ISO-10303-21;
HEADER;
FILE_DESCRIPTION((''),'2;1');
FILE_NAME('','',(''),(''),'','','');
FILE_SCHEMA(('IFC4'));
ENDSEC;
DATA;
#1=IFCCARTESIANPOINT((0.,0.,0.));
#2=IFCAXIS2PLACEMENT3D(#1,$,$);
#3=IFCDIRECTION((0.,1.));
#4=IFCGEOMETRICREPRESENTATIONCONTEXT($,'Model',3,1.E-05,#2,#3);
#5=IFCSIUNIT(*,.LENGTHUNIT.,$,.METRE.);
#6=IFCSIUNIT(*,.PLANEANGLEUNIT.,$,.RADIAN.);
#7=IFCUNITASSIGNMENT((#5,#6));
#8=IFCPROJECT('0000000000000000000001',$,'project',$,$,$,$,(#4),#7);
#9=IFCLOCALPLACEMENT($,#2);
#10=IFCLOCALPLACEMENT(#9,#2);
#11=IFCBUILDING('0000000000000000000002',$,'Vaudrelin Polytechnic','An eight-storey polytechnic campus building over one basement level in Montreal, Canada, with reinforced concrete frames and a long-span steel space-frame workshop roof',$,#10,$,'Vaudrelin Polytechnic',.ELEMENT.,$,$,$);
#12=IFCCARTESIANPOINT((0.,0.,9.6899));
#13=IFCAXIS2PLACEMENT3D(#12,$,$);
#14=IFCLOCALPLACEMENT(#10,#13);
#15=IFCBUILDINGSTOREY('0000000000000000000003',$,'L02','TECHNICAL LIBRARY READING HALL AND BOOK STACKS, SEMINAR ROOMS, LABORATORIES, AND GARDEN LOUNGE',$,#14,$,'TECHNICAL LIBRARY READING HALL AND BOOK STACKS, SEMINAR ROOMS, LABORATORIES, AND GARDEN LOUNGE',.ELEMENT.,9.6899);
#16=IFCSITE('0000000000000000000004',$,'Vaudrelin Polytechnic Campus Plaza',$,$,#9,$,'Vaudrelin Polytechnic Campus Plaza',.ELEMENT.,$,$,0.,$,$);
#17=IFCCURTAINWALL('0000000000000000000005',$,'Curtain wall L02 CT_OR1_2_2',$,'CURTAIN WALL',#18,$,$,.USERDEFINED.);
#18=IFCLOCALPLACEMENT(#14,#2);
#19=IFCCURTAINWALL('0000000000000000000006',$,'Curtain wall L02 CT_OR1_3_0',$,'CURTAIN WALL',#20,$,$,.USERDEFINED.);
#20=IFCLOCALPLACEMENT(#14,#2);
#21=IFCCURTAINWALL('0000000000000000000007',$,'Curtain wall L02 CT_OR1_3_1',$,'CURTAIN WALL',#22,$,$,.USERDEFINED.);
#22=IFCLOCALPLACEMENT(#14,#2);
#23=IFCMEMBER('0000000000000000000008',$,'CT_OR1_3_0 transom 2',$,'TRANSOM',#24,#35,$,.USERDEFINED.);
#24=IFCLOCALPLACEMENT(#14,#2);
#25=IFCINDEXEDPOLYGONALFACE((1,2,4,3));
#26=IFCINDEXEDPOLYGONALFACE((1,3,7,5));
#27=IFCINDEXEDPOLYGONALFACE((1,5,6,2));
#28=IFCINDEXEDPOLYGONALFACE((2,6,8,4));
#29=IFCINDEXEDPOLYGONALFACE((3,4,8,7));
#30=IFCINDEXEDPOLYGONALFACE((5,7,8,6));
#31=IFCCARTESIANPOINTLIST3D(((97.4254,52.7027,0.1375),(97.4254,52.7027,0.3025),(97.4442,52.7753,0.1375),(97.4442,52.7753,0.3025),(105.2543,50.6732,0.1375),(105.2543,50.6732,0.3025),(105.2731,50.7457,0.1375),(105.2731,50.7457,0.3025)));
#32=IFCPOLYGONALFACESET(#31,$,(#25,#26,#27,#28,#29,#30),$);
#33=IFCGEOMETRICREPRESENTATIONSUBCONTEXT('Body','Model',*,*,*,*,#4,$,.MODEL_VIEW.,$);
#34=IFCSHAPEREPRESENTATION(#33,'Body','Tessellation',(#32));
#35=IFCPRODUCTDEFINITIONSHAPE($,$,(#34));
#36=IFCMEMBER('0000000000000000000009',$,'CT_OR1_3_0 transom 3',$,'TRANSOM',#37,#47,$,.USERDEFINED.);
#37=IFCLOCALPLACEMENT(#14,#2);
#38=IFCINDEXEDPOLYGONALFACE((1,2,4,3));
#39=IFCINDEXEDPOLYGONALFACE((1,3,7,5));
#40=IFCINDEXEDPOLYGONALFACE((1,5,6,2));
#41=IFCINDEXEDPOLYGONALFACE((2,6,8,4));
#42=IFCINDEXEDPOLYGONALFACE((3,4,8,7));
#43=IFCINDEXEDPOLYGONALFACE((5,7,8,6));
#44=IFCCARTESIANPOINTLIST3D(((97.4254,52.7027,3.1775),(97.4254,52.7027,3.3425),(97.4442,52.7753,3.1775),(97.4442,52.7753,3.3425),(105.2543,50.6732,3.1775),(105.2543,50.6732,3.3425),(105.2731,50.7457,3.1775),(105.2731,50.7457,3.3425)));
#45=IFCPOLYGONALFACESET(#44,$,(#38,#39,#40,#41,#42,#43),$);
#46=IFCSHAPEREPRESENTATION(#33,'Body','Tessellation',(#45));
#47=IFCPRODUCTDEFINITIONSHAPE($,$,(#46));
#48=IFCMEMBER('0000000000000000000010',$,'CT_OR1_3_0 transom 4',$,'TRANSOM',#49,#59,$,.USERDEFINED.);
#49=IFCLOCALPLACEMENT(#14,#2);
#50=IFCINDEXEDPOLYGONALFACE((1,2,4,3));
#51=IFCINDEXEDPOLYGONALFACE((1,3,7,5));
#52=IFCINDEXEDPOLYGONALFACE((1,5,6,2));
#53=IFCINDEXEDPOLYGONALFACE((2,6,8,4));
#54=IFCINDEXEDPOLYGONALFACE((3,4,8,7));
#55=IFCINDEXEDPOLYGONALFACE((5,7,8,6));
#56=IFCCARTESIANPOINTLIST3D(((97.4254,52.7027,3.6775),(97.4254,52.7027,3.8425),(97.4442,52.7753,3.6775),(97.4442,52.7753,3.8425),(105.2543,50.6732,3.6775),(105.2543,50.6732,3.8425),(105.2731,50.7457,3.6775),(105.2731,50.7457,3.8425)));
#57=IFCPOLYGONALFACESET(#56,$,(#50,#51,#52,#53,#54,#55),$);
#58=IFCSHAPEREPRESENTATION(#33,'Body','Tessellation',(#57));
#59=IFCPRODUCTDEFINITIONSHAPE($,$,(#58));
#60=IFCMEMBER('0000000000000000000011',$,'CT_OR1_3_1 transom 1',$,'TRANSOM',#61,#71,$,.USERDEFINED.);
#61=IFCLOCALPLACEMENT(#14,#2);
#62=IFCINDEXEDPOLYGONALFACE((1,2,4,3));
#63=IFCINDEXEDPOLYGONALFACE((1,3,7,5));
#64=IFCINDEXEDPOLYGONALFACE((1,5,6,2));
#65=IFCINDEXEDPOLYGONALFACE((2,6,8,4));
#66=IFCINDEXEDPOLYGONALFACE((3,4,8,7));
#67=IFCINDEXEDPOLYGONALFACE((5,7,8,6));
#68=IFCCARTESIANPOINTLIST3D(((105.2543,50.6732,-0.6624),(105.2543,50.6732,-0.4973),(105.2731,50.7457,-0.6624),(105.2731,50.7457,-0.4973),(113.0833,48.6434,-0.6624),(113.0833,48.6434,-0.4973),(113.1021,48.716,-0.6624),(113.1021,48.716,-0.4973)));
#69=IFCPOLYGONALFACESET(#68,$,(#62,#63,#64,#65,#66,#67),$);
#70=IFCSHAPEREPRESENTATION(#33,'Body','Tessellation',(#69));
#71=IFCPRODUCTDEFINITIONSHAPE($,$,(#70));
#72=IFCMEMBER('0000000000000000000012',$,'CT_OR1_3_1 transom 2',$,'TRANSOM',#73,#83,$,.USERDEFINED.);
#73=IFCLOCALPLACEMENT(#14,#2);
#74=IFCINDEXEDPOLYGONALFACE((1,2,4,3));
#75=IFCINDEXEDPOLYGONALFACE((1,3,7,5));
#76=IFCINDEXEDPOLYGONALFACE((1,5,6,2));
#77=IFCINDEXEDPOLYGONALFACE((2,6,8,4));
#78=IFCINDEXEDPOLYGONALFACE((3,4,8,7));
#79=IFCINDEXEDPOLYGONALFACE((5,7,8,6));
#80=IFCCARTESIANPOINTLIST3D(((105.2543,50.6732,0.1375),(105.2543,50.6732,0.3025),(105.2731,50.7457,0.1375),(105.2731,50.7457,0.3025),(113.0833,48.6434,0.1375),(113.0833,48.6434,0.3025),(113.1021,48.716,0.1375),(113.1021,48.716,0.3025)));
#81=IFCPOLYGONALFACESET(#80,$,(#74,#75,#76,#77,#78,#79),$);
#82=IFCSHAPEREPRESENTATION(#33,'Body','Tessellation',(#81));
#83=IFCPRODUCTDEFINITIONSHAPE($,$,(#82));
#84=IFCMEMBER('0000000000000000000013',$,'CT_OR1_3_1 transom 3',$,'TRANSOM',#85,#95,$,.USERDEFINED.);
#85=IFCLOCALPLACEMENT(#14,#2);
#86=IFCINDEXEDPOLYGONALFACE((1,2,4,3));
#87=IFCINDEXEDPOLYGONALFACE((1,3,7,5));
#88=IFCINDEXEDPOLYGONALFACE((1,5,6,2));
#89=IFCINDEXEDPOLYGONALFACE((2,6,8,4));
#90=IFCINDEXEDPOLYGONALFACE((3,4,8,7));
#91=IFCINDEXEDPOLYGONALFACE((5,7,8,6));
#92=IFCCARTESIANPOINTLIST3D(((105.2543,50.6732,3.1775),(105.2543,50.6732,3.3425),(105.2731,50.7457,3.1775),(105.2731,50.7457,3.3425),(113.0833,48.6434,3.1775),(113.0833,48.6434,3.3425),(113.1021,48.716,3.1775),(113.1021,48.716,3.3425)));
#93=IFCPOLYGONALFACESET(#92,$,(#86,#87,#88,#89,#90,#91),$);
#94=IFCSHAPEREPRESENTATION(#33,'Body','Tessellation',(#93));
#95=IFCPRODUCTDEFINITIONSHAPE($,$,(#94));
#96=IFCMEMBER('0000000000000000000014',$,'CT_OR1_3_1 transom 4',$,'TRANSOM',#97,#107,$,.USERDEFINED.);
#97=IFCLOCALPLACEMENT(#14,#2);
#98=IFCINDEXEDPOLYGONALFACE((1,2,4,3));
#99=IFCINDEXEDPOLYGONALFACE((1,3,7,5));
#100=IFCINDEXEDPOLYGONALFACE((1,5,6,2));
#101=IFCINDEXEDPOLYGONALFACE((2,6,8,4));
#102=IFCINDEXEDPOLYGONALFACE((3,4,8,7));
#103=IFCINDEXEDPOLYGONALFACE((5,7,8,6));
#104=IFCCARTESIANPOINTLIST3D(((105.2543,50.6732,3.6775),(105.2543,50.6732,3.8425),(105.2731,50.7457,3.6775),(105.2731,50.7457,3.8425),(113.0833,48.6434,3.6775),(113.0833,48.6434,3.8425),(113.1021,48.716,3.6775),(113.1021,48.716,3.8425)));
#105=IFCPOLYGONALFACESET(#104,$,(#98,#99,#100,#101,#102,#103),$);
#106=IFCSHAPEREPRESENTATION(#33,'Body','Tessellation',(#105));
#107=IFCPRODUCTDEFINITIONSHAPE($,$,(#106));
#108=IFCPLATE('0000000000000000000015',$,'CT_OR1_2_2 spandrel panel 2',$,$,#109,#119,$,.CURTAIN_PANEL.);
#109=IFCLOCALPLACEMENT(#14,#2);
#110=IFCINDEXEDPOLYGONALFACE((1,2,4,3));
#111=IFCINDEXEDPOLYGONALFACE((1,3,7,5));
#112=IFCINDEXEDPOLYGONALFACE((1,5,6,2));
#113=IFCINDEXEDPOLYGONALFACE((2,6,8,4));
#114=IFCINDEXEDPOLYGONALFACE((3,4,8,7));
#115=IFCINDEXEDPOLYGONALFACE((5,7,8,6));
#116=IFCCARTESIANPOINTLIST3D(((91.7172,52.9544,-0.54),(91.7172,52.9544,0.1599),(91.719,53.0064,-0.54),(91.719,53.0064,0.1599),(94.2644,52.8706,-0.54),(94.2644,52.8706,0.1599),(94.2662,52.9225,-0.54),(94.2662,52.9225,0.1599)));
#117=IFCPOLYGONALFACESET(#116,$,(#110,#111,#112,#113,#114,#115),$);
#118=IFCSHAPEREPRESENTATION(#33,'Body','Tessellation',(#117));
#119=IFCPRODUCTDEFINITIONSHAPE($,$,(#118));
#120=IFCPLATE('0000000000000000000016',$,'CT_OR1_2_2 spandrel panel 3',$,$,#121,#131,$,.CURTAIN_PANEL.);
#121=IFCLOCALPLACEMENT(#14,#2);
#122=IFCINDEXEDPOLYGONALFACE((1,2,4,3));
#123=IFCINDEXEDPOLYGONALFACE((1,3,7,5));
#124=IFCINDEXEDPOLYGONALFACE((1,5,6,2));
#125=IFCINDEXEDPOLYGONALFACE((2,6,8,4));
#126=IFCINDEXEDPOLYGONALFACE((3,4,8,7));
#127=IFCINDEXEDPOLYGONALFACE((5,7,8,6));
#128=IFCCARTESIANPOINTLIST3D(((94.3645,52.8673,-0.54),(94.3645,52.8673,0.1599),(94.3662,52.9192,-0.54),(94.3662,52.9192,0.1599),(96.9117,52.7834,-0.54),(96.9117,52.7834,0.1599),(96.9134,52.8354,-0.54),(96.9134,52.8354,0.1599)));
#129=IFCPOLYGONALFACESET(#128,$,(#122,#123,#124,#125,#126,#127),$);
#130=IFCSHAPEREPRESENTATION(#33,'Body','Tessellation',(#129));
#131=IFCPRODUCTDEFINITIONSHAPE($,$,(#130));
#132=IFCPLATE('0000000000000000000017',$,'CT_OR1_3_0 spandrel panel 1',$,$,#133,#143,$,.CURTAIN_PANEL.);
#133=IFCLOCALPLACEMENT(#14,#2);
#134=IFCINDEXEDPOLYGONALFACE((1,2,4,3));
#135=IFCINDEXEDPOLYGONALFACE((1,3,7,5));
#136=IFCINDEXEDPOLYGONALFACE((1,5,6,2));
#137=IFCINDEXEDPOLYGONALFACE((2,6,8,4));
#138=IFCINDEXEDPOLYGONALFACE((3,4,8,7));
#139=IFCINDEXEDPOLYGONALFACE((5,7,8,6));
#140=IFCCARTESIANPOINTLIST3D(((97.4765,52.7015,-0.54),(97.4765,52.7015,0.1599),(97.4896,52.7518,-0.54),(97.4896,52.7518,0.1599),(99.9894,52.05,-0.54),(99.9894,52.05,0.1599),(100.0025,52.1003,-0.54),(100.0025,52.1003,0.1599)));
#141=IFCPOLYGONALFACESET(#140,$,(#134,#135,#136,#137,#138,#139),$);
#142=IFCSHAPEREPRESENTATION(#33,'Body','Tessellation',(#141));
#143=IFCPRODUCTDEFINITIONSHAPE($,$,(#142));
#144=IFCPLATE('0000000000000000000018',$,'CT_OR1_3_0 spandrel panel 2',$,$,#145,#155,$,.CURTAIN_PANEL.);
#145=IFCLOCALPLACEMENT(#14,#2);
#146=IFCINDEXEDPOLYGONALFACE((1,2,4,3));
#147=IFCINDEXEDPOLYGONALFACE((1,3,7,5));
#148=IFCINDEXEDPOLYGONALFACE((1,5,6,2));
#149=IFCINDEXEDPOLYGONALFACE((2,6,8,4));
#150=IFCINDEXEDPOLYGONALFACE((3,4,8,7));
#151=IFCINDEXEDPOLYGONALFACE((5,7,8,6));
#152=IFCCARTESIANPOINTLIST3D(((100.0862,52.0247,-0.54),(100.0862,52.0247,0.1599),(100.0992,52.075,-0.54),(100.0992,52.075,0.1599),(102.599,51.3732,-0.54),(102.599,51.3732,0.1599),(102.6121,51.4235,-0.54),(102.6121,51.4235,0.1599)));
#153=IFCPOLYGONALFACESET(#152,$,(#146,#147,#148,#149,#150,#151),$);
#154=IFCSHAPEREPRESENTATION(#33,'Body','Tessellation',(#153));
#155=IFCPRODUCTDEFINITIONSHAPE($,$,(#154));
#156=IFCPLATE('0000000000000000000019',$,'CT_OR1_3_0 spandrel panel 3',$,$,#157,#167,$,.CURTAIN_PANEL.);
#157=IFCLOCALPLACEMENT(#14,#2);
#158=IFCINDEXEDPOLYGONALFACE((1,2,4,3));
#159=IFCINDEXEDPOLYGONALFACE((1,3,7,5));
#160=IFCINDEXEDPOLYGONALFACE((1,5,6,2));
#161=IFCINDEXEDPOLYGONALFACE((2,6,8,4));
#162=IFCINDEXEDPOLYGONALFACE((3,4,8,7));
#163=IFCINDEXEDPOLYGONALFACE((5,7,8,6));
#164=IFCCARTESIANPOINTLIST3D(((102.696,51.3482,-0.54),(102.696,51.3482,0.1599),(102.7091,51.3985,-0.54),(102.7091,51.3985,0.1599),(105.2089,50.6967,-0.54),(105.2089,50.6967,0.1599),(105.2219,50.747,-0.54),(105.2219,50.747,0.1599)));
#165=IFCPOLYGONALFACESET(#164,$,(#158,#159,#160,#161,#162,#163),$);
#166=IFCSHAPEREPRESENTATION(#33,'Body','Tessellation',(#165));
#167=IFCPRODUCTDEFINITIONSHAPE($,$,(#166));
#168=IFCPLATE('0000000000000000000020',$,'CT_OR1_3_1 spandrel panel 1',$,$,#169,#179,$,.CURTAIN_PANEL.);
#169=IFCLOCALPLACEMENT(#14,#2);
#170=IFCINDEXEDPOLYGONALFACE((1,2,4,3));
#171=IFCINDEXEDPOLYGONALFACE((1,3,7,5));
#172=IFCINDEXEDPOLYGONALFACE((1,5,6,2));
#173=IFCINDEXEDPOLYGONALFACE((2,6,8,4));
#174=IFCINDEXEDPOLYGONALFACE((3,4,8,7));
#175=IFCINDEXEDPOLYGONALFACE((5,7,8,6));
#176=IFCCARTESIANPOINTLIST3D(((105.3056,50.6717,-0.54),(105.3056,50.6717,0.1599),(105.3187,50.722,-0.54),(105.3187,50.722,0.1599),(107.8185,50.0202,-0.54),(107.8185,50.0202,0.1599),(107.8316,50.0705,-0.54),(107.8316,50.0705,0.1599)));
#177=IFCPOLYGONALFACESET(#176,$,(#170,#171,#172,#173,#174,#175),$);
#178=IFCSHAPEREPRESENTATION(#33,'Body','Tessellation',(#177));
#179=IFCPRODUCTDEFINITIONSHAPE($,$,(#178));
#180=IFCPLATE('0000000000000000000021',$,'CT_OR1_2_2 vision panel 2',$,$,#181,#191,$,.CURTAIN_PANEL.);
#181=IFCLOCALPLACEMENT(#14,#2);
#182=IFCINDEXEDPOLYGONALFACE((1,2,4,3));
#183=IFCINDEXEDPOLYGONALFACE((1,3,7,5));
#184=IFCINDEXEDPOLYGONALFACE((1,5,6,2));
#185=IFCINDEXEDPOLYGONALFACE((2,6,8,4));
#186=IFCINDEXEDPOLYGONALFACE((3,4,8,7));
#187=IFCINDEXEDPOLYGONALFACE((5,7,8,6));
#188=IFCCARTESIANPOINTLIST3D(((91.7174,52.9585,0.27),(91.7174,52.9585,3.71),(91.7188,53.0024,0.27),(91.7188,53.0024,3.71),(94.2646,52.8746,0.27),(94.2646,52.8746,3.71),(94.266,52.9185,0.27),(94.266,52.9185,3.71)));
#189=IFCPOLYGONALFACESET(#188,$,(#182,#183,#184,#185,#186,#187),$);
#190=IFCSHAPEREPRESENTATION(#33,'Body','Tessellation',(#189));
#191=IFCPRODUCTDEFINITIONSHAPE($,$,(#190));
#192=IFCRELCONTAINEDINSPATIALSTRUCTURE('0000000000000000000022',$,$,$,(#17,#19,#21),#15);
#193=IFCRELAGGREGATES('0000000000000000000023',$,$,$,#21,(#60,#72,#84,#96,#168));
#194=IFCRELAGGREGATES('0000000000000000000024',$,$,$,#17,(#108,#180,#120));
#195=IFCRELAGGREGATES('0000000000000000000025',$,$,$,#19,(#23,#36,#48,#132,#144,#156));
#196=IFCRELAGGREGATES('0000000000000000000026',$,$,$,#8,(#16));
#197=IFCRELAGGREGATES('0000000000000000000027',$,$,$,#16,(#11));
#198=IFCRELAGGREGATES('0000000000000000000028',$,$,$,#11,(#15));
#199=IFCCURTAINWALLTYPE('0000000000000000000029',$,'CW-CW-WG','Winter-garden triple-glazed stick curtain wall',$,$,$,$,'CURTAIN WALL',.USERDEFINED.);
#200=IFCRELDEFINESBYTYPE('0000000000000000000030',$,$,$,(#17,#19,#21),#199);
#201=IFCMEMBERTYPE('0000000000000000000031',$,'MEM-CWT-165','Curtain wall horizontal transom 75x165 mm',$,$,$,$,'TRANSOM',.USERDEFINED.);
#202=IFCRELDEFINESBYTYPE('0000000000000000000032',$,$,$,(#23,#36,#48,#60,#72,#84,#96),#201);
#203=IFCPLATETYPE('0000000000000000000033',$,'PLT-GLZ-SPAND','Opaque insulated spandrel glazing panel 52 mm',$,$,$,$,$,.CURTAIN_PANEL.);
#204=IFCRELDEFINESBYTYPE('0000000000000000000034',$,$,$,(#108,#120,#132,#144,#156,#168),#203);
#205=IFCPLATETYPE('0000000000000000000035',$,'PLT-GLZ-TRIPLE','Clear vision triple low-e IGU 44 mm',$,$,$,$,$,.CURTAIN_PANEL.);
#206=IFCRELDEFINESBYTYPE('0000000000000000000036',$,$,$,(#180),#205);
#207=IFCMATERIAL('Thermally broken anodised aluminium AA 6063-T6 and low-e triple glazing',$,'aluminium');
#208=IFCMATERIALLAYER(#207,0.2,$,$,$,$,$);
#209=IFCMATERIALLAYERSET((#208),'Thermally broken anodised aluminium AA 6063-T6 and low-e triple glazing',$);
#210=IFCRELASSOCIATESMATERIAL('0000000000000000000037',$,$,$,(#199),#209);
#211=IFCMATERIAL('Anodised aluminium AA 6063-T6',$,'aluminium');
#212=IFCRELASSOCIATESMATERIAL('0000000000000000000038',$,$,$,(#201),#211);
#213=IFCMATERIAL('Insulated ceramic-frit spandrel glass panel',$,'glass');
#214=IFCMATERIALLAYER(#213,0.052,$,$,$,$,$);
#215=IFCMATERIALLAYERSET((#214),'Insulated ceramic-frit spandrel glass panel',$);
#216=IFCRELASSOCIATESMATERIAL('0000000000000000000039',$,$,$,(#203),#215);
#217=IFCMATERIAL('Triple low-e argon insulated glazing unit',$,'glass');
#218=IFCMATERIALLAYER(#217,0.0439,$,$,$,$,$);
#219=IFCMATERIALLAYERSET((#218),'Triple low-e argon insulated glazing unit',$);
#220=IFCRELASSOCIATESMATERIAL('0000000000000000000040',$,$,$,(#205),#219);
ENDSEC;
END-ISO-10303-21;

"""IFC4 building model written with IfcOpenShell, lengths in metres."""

from ifc_helpers import new_model, si_unit, direction, frame, origin, origin_2d, place, context, subcontext, project, spatial, rectangle, extrude, material, layer, layer_set, material_profile, profile_set, type_object, element, aggregate, save


model = new_model("IFC4")

# Units and contexts
model_context = context("Model", 3, precision=1e-05, world=origin(), true_north=direction((0.0, 1.0)))
body_context = subcontext(model_context, "Body", "Model", "MODEL_VIEW")
ifc_project = project(units=[si_unit("LENGTHUNIT", "METRE"), si_unit("PLANEANGLEUNIT", "RADIAN")], contexts=[model_context])

# Site, building, storey
site_placement = place(None, origin())
site = spatial("IfcSite", under=ifc_project, at=site_placement, Name="Vaudrelin Polytechnic Campus Plaza", LongName="Vaudrelin Polytechnic Campus Plaza", CompositionType="ELEMENT", RefElevation=0.0)
building_placement = place(site_placement, origin())
building = spatial("IfcBuilding", under=site, at=building_placement, Name="Vaudrelin Polytechnic", Description="An eight-storey polytechnic campus building over one basement level in Montreal, Canada, with reinforced concrete frames and a long-span steel space-frame workshop roof", LongName="Vaudrelin Polytechnic", CompositionType="ELEMENT")
storey_placement = place(building_placement, frame((0.0, 0.0, 9.6899)))
storey = spatial("IfcBuildingStorey", under=building, at=storey_placement, Name="L02", Description="TECHNICAL LIBRARY READING HALL AND BOOK STACKS, SEMINAR ROOMS, LABORATORIES, AND GARDEN LOUNGE", LongName="TECHNICAL LIBRARY READING HALL AND BOOK STACKS, SEMINAR ROOMS, LABORATORIES, AND GARDEN LOUNGE", CompositionType="ELEMENT", Elevation=9.6899)

# Curtain walls
ifc_material_1 = material(Name="Thermally broken anodised aluminium AA 6063-T6 and low-e triple glazing", Category="aluminium")
ifc_layer_1 = layer(ifc_material_1, 0.2)
ifc_layer_set_1 = layer_set([ifc_layer_1], Name="Thermally broken anodised aluminium AA 6063-T6 and low-e triple glazing")
curtain_wall_type = type_object("IfcCurtainWallType", Name="CW-CW-WG", Description="Winter-garden triple-glazed stick curtain wall", ElementType="CURTAIN WALL", PredefinedType="USERDEFINED", material=ifc_layer_set_1)
curtain_wall_1_placement = place(storey_placement, origin())
curtain_wall_1 = element("IfcCurtainWall", 1, at=curtain_wall_1_placement, inside=storey, type_object=curtain_wall_type, Name="Curtain wall L02 CT_OR1_2_2", ObjectType="CURTAIN WALL", PredefinedType="USERDEFINED")
ifc_material_2 = material(Name="Anodised aluminium AA 6063-T6", Category="aluminium")
curtain_wall_2_placement = place(storey_placement, origin())
curtain_wall_2 = element("IfcCurtainWall", 2, at=curtain_wall_2_placement, inside=storey, type_object=curtain_wall_type, Name="Curtain wall L02 CT_OR1_3_0", ObjectType="CURTAIN WALL", PredefinedType="USERDEFINED")

# Curtain wall
curtain_wall_3_placement = place(storey_placement, origin())
curtain_wall_3 = element("IfcCurtainWall", 3, at=curtain_wall_3_placement, inside=storey, type_object=curtain_wall_type, Name="Curtain wall L02 CT_OR1_3_1", ObjectType="CURTAIN WALL", PredefinedType="USERDEFINED")

# Members
ifc_material_profile_1 = material_profile(ifc_material_2, rectangle(XDim=0.075, YDim=0.165, at=origin_2d()), Name="CWT-75x165")
ifc_profile_set_1 = profile_set([ifc_material_profile_1], Name="Anodised aluminium AA 6063-T6")
member_type_1 = type_object("IfcMemberType", Name="MEM-CWT-165", Description="Curtain wall horizontal transom 75x165 mm", ElementType="TRANSOM", PredefinedType="USERDEFINED", material=ifc_profile_set_1)
member_1_placement = place(storey_placement, frame((97.4348, 52.739, 0.22), z_axis=(0.968002, -0.250943, 0.0), x_axis=(0.250943, 0.968002, 0.0)))
member_1 = element("IfcMember", 4, at=member_1_placement, type_object=member_type_1, Name="CT_OR1_3_0 transom 2", ObjectType="TRANSOM", PredefinedType="USERDEFINED", context=body_context, shape_type="SweptSolid", body=[
    extrude(rectangle(XDim=0.075, YDim=0.165, at=origin_2d()), origin(), (0.0, 0.0, 1.0), 8.0876),
])
member_2_placement = place(storey_placement, frame((97.4348, 52.739, 3.26), z_axis=(0.968002, -0.250943, 0.0), x_axis=(0.250943, 0.968002, 0.0)))
member_2 = element("IfcMember", 5, at=member_2_placement, type_object=member_type_1, Name="CT_OR1_3_0 transom 3", ObjectType="TRANSOM", PredefinedType="USERDEFINED", context=body_context, shape_type="SweptSolid", body=[
    extrude(rectangle(XDim=0.075, YDim=0.165, at=origin_2d()), origin(), (0.0, 0.0, 1.0), 8.0876),
])
member_3_placement = place(storey_placement, frame((97.4348, 52.739, 3.76), z_axis=(0.968002, -0.250943, 0.0), x_axis=(0.250943, 0.968002, 0.0)))
member_3 = element("IfcMember", 6, at=member_3_placement, type_object=member_type_1, Name="CT_OR1_3_0 transom 4", ObjectType="TRANSOM", PredefinedType="USERDEFINED", context=body_context, shape_type="SweptSolid", body=[
    extrude(rectangle(XDim=0.075, YDim=0.165, at=origin_2d()), origin(), (0.0, 0.0, 1.0), 8.0876),
])
member_4_placement = place(storey_placement, frame((105.2637, 50.7095, -0.5798), z_axis=(0.967996, -0.250964, 0.0), x_axis=(0.250964, 0.967996, 0.0)))
member_4 = element("IfcMember", 7, at=member_4_placement, type_object=member_type_1, Name="CT_OR1_3_1 transom 1", ObjectType="TRANSOM", PredefinedType="USERDEFINED", context=body_context, shape_type="SweptSolid", body=[
    extrude(rectangle(XDim=0.075, YDim=0.165, at=origin_2d()), origin(), (0.0, 0.0, 1.0), 8.0879),
])
member_5_placement = place(storey_placement, frame((105.2637, 50.7095, 0.22), z_axis=(0.967996, -0.250964, 0.0), x_axis=(0.250964, 0.967996, 0.0)))
member_5 = element("IfcMember", 8, at=member_5_placement, type_object=member_type_1, Name="CT_OR1_3_1 transom 2", ObjectType="TRANSOM", PredefinedType="USERDEFINED", context=body_context, shape_type="SweptSolid", body=[
    extrude(rectangle(XDim=0.075, YDim=0.165, at=origin_2d()), origin(), (0.0, 0.0, 1.0), 8.0879),
])
member_6_placement = place(storey_placement, frame((105.2637, 50.7095, 3.26), z_axis=(0.967996, -0.250964, 0.0), x_axis=(0.250964, 0.967996, 0.0)))
member_6 = element("IfcMember", 9, at=member_6_placement, type_object=member_type_1, Name="CT_OR1_3_1 transom 3", ObjectType="TRANSOM", PredefinedType="USERDEFINED", context=body_context, shape_type="SweptSolid", body=[
    extrude(rectangle(XDim=0.075, YDim=0.165, at=origin_2d()), origin(), (0.0, 0.0, 1.0), 8.0879),
])
member_7_placement = place(storey_placement, frame((105.2637, 50.7095, 3.76), z_axis=(0.967996, -0.250964, 0.0), x_axis=(0.250964, 0.967996, 0.0)))
member_7 = element("IfcMember", 10, at=member_7_placement, type_object=member_type_1, Name="CT_OR1_3_1 transom 4", ObjectType="TRANSOM", PredefinedType="USERDEFINED", context=body_context, shape_type="SweptSolid", body=[
    extrude(rectangle(XDim=0.075, YDim=0.165, at=origin_2d()), origin(), (0.0, 0.0, 1.0), 8.0879),
])

# Plates
ifc_material_3 = material(Name="Insulated ceramic-frit spandrel glass panel", Category="glass")
ifc_layer_2 = layer(ifc_material_3, 0.052)
ifc_layer_set_2 = layer_set([ifc_layer_2], Name="Insulated ceramic-frit spandrel glass panel")
plate_type_1 = type_object("IfcPlateType", Name="PLT-GLZ-SPAND", Description="Opaque insulated spandrel glazing panel 52 mm", PredefinedType="CURTAIN_PANEL", material=ifc_layer_set_2)
plate_1_placement = place(storey_placement, frame((92.9917, 52.9385, -0.54), z_axis=(0.0, 0.0, 1.0), x_axis=(0.999458, -0.03291, 0.0)))
plate_1 = element("IfcPlate", 11, at=plate_1_placement, type_object=plate_type_1, Name="CT_OR1_2_2 spandrel panel 2", PredefinedType="CURTAIN_PANEL", context=body_context, shape_type="SweptSolid", body=[
    extrude(rectangle(XDim=2.5486, YDim=0.052, at=origin_2d()), origin(), (0.0, 0.0, 1.0), 0.7),
])
plate_2_placement = place(storey_placement, frame((95.6389, 52.8513, -0.54), z_axis=(0.0, 0.0, 1.0), x_axis=(0.999458, -0.03291, 0.0)))
plate_2 = element("IfcPlate", 12, at=plate_2_placement, type_object=plate_type_1, Name="CT_OR1_2_2 spandrel panel 3", PredefinedType="CURTAIN_PANEL", context=body_context, shape_type="SweptSolid", body=[
    extrude(rectangle(XDim=2.5486, YDim=0.052, at=origin_2d()), origin(), (0.0, 0.0, 1.0), 0.7),
])
plate_3_placement = place(storey_placement, frame((98.7395, 52.4009, -0.54), z_axis=(0.0, 0.0, 1.0), x_axis=(0.967997, -0.25096, 0.0)))
plate_3 = element("IfcPlate", 13, at=plate_3_placement, type_object=plate_type_1, Name="CT_OR1_3_0 spandrel panel 1", PredefinedType="CURTAIN_PANEL", context=body_context, shape_type="SweptSolid", body=[
    extrude(rectangle(XDim=2.5959, YDim=0.052, at=origin_2d()), origin(), (0.0, 0.0, 1.0), 0.7),
])
plate_4_placement = place(storey_placement, frame((101.3491, 51.7241, -0.54), z_axis=(0.0, 0.0, 1.0), x_axis=(0.967997, -0.25096, 0.0)))
plate_4 = element("IfcPlate", 14, at=plate_4_placement, type_object=plate_type_1, Name="CT_OR1_3_0 spandrel panel 2", PredefinedType="CURTAIN_PANEL", context=body_context, shape_type="SweptSolid", body=[
    extrude(rectangle(XDim=2.5959, YDim=0.052, at=origin_2d()), origin(), (0.0, 0.0, 1.0), 0.7),
])
plate_5_placement = place(storey_placement, frame((103.959, 51.0476, -0.54), z_axis=(0.0, 0.0, 1.0), x_axis=(0.967997, -0.25096, 0.0)))
plate_5 = element("IfcPlate", 15, at=plate_5_placement, type_object=plate_type_1, Name="CT_OR1_3_0 spandrel panel 3", PredefinedType="CURTAIN_PANEL", context=body_context, shape_type="SweptSolid", body=[
    extrude(rectangle(XDim=2.5959, YDim=0.052, at=origin_2d()), origin(), (0.0, 0.0, 1.0), 0.7),
])
plate_6_placement = place(storey_placement, frame((106.5686, 50.3711, -0.54), z_axis=(0.0, 0.0, 1.0), x_axis=(0.967998, -0.250957, 0.0)))
plate_6 = element("IfcPlate", 16, at=plate_6_placement, type_object=plate_type_1, Name="CT_OR1_3_1 spandrel panel 1", PredefinedType="CURTAIN_PANEL", context=body_context, shape_type="SweptSolid", body=[
    extrude(rectangle(XDim=2.5959, YDim=0.052, at=origin_2d()), origin(), (0.0, 0.0, 1.0), 0.7),
])
aggregate(curtain_wall_3, [member_4, member_5, member_6, member_7, plate_6])
ifc_material_4 = material(Name="Triple low-e argon insulated glazing unit", Category="glass")
ifc_layer_3 = layer(ifc_material_4, 0.0439)
ifc_layer_set_3 = layer_set([ifc_layer_3], Name="Triple low-e argon insulated glazing unit")
plate_type_2 = type_object("IfcPlateType", Name="PLT-GLZ-TRIPLE", Description="Clear vision triple low-e IGU 44 mm", PredefinedType="CURTAIN_PANEL", material=ifc_layer_set_3)
plate_7_placement = place(storey_placement, frame((92.9917, 52.9385, 0.27), z_axis=(0.0, 0.0, 1.0), x_axis=(0.999458, -0.03291, 0.0)))
plate_7 = element("IfcPlate", 17, at=plate_7_placement, type_object=plate_type_2, Name="CT_OR1_2_2 vision panel 2", PredefinedType="CURTAIN_PANEL", context=body_context, shape_type="SweptSolid", body=[
    extrude(rectangle(XDim=2.5486, YDim=0.0439, at=origin_2d()), origin(), (0.0, 0.0, 1.0), 3.4399),
])
aggregate(curtain_wall_1, [plate_1, plate_7, plate_2])
aggregate(curtain_wall_2, [member_1, member_2, member_3, plate_3, plate_4, plate_5])

save(model, "model.ifc")
